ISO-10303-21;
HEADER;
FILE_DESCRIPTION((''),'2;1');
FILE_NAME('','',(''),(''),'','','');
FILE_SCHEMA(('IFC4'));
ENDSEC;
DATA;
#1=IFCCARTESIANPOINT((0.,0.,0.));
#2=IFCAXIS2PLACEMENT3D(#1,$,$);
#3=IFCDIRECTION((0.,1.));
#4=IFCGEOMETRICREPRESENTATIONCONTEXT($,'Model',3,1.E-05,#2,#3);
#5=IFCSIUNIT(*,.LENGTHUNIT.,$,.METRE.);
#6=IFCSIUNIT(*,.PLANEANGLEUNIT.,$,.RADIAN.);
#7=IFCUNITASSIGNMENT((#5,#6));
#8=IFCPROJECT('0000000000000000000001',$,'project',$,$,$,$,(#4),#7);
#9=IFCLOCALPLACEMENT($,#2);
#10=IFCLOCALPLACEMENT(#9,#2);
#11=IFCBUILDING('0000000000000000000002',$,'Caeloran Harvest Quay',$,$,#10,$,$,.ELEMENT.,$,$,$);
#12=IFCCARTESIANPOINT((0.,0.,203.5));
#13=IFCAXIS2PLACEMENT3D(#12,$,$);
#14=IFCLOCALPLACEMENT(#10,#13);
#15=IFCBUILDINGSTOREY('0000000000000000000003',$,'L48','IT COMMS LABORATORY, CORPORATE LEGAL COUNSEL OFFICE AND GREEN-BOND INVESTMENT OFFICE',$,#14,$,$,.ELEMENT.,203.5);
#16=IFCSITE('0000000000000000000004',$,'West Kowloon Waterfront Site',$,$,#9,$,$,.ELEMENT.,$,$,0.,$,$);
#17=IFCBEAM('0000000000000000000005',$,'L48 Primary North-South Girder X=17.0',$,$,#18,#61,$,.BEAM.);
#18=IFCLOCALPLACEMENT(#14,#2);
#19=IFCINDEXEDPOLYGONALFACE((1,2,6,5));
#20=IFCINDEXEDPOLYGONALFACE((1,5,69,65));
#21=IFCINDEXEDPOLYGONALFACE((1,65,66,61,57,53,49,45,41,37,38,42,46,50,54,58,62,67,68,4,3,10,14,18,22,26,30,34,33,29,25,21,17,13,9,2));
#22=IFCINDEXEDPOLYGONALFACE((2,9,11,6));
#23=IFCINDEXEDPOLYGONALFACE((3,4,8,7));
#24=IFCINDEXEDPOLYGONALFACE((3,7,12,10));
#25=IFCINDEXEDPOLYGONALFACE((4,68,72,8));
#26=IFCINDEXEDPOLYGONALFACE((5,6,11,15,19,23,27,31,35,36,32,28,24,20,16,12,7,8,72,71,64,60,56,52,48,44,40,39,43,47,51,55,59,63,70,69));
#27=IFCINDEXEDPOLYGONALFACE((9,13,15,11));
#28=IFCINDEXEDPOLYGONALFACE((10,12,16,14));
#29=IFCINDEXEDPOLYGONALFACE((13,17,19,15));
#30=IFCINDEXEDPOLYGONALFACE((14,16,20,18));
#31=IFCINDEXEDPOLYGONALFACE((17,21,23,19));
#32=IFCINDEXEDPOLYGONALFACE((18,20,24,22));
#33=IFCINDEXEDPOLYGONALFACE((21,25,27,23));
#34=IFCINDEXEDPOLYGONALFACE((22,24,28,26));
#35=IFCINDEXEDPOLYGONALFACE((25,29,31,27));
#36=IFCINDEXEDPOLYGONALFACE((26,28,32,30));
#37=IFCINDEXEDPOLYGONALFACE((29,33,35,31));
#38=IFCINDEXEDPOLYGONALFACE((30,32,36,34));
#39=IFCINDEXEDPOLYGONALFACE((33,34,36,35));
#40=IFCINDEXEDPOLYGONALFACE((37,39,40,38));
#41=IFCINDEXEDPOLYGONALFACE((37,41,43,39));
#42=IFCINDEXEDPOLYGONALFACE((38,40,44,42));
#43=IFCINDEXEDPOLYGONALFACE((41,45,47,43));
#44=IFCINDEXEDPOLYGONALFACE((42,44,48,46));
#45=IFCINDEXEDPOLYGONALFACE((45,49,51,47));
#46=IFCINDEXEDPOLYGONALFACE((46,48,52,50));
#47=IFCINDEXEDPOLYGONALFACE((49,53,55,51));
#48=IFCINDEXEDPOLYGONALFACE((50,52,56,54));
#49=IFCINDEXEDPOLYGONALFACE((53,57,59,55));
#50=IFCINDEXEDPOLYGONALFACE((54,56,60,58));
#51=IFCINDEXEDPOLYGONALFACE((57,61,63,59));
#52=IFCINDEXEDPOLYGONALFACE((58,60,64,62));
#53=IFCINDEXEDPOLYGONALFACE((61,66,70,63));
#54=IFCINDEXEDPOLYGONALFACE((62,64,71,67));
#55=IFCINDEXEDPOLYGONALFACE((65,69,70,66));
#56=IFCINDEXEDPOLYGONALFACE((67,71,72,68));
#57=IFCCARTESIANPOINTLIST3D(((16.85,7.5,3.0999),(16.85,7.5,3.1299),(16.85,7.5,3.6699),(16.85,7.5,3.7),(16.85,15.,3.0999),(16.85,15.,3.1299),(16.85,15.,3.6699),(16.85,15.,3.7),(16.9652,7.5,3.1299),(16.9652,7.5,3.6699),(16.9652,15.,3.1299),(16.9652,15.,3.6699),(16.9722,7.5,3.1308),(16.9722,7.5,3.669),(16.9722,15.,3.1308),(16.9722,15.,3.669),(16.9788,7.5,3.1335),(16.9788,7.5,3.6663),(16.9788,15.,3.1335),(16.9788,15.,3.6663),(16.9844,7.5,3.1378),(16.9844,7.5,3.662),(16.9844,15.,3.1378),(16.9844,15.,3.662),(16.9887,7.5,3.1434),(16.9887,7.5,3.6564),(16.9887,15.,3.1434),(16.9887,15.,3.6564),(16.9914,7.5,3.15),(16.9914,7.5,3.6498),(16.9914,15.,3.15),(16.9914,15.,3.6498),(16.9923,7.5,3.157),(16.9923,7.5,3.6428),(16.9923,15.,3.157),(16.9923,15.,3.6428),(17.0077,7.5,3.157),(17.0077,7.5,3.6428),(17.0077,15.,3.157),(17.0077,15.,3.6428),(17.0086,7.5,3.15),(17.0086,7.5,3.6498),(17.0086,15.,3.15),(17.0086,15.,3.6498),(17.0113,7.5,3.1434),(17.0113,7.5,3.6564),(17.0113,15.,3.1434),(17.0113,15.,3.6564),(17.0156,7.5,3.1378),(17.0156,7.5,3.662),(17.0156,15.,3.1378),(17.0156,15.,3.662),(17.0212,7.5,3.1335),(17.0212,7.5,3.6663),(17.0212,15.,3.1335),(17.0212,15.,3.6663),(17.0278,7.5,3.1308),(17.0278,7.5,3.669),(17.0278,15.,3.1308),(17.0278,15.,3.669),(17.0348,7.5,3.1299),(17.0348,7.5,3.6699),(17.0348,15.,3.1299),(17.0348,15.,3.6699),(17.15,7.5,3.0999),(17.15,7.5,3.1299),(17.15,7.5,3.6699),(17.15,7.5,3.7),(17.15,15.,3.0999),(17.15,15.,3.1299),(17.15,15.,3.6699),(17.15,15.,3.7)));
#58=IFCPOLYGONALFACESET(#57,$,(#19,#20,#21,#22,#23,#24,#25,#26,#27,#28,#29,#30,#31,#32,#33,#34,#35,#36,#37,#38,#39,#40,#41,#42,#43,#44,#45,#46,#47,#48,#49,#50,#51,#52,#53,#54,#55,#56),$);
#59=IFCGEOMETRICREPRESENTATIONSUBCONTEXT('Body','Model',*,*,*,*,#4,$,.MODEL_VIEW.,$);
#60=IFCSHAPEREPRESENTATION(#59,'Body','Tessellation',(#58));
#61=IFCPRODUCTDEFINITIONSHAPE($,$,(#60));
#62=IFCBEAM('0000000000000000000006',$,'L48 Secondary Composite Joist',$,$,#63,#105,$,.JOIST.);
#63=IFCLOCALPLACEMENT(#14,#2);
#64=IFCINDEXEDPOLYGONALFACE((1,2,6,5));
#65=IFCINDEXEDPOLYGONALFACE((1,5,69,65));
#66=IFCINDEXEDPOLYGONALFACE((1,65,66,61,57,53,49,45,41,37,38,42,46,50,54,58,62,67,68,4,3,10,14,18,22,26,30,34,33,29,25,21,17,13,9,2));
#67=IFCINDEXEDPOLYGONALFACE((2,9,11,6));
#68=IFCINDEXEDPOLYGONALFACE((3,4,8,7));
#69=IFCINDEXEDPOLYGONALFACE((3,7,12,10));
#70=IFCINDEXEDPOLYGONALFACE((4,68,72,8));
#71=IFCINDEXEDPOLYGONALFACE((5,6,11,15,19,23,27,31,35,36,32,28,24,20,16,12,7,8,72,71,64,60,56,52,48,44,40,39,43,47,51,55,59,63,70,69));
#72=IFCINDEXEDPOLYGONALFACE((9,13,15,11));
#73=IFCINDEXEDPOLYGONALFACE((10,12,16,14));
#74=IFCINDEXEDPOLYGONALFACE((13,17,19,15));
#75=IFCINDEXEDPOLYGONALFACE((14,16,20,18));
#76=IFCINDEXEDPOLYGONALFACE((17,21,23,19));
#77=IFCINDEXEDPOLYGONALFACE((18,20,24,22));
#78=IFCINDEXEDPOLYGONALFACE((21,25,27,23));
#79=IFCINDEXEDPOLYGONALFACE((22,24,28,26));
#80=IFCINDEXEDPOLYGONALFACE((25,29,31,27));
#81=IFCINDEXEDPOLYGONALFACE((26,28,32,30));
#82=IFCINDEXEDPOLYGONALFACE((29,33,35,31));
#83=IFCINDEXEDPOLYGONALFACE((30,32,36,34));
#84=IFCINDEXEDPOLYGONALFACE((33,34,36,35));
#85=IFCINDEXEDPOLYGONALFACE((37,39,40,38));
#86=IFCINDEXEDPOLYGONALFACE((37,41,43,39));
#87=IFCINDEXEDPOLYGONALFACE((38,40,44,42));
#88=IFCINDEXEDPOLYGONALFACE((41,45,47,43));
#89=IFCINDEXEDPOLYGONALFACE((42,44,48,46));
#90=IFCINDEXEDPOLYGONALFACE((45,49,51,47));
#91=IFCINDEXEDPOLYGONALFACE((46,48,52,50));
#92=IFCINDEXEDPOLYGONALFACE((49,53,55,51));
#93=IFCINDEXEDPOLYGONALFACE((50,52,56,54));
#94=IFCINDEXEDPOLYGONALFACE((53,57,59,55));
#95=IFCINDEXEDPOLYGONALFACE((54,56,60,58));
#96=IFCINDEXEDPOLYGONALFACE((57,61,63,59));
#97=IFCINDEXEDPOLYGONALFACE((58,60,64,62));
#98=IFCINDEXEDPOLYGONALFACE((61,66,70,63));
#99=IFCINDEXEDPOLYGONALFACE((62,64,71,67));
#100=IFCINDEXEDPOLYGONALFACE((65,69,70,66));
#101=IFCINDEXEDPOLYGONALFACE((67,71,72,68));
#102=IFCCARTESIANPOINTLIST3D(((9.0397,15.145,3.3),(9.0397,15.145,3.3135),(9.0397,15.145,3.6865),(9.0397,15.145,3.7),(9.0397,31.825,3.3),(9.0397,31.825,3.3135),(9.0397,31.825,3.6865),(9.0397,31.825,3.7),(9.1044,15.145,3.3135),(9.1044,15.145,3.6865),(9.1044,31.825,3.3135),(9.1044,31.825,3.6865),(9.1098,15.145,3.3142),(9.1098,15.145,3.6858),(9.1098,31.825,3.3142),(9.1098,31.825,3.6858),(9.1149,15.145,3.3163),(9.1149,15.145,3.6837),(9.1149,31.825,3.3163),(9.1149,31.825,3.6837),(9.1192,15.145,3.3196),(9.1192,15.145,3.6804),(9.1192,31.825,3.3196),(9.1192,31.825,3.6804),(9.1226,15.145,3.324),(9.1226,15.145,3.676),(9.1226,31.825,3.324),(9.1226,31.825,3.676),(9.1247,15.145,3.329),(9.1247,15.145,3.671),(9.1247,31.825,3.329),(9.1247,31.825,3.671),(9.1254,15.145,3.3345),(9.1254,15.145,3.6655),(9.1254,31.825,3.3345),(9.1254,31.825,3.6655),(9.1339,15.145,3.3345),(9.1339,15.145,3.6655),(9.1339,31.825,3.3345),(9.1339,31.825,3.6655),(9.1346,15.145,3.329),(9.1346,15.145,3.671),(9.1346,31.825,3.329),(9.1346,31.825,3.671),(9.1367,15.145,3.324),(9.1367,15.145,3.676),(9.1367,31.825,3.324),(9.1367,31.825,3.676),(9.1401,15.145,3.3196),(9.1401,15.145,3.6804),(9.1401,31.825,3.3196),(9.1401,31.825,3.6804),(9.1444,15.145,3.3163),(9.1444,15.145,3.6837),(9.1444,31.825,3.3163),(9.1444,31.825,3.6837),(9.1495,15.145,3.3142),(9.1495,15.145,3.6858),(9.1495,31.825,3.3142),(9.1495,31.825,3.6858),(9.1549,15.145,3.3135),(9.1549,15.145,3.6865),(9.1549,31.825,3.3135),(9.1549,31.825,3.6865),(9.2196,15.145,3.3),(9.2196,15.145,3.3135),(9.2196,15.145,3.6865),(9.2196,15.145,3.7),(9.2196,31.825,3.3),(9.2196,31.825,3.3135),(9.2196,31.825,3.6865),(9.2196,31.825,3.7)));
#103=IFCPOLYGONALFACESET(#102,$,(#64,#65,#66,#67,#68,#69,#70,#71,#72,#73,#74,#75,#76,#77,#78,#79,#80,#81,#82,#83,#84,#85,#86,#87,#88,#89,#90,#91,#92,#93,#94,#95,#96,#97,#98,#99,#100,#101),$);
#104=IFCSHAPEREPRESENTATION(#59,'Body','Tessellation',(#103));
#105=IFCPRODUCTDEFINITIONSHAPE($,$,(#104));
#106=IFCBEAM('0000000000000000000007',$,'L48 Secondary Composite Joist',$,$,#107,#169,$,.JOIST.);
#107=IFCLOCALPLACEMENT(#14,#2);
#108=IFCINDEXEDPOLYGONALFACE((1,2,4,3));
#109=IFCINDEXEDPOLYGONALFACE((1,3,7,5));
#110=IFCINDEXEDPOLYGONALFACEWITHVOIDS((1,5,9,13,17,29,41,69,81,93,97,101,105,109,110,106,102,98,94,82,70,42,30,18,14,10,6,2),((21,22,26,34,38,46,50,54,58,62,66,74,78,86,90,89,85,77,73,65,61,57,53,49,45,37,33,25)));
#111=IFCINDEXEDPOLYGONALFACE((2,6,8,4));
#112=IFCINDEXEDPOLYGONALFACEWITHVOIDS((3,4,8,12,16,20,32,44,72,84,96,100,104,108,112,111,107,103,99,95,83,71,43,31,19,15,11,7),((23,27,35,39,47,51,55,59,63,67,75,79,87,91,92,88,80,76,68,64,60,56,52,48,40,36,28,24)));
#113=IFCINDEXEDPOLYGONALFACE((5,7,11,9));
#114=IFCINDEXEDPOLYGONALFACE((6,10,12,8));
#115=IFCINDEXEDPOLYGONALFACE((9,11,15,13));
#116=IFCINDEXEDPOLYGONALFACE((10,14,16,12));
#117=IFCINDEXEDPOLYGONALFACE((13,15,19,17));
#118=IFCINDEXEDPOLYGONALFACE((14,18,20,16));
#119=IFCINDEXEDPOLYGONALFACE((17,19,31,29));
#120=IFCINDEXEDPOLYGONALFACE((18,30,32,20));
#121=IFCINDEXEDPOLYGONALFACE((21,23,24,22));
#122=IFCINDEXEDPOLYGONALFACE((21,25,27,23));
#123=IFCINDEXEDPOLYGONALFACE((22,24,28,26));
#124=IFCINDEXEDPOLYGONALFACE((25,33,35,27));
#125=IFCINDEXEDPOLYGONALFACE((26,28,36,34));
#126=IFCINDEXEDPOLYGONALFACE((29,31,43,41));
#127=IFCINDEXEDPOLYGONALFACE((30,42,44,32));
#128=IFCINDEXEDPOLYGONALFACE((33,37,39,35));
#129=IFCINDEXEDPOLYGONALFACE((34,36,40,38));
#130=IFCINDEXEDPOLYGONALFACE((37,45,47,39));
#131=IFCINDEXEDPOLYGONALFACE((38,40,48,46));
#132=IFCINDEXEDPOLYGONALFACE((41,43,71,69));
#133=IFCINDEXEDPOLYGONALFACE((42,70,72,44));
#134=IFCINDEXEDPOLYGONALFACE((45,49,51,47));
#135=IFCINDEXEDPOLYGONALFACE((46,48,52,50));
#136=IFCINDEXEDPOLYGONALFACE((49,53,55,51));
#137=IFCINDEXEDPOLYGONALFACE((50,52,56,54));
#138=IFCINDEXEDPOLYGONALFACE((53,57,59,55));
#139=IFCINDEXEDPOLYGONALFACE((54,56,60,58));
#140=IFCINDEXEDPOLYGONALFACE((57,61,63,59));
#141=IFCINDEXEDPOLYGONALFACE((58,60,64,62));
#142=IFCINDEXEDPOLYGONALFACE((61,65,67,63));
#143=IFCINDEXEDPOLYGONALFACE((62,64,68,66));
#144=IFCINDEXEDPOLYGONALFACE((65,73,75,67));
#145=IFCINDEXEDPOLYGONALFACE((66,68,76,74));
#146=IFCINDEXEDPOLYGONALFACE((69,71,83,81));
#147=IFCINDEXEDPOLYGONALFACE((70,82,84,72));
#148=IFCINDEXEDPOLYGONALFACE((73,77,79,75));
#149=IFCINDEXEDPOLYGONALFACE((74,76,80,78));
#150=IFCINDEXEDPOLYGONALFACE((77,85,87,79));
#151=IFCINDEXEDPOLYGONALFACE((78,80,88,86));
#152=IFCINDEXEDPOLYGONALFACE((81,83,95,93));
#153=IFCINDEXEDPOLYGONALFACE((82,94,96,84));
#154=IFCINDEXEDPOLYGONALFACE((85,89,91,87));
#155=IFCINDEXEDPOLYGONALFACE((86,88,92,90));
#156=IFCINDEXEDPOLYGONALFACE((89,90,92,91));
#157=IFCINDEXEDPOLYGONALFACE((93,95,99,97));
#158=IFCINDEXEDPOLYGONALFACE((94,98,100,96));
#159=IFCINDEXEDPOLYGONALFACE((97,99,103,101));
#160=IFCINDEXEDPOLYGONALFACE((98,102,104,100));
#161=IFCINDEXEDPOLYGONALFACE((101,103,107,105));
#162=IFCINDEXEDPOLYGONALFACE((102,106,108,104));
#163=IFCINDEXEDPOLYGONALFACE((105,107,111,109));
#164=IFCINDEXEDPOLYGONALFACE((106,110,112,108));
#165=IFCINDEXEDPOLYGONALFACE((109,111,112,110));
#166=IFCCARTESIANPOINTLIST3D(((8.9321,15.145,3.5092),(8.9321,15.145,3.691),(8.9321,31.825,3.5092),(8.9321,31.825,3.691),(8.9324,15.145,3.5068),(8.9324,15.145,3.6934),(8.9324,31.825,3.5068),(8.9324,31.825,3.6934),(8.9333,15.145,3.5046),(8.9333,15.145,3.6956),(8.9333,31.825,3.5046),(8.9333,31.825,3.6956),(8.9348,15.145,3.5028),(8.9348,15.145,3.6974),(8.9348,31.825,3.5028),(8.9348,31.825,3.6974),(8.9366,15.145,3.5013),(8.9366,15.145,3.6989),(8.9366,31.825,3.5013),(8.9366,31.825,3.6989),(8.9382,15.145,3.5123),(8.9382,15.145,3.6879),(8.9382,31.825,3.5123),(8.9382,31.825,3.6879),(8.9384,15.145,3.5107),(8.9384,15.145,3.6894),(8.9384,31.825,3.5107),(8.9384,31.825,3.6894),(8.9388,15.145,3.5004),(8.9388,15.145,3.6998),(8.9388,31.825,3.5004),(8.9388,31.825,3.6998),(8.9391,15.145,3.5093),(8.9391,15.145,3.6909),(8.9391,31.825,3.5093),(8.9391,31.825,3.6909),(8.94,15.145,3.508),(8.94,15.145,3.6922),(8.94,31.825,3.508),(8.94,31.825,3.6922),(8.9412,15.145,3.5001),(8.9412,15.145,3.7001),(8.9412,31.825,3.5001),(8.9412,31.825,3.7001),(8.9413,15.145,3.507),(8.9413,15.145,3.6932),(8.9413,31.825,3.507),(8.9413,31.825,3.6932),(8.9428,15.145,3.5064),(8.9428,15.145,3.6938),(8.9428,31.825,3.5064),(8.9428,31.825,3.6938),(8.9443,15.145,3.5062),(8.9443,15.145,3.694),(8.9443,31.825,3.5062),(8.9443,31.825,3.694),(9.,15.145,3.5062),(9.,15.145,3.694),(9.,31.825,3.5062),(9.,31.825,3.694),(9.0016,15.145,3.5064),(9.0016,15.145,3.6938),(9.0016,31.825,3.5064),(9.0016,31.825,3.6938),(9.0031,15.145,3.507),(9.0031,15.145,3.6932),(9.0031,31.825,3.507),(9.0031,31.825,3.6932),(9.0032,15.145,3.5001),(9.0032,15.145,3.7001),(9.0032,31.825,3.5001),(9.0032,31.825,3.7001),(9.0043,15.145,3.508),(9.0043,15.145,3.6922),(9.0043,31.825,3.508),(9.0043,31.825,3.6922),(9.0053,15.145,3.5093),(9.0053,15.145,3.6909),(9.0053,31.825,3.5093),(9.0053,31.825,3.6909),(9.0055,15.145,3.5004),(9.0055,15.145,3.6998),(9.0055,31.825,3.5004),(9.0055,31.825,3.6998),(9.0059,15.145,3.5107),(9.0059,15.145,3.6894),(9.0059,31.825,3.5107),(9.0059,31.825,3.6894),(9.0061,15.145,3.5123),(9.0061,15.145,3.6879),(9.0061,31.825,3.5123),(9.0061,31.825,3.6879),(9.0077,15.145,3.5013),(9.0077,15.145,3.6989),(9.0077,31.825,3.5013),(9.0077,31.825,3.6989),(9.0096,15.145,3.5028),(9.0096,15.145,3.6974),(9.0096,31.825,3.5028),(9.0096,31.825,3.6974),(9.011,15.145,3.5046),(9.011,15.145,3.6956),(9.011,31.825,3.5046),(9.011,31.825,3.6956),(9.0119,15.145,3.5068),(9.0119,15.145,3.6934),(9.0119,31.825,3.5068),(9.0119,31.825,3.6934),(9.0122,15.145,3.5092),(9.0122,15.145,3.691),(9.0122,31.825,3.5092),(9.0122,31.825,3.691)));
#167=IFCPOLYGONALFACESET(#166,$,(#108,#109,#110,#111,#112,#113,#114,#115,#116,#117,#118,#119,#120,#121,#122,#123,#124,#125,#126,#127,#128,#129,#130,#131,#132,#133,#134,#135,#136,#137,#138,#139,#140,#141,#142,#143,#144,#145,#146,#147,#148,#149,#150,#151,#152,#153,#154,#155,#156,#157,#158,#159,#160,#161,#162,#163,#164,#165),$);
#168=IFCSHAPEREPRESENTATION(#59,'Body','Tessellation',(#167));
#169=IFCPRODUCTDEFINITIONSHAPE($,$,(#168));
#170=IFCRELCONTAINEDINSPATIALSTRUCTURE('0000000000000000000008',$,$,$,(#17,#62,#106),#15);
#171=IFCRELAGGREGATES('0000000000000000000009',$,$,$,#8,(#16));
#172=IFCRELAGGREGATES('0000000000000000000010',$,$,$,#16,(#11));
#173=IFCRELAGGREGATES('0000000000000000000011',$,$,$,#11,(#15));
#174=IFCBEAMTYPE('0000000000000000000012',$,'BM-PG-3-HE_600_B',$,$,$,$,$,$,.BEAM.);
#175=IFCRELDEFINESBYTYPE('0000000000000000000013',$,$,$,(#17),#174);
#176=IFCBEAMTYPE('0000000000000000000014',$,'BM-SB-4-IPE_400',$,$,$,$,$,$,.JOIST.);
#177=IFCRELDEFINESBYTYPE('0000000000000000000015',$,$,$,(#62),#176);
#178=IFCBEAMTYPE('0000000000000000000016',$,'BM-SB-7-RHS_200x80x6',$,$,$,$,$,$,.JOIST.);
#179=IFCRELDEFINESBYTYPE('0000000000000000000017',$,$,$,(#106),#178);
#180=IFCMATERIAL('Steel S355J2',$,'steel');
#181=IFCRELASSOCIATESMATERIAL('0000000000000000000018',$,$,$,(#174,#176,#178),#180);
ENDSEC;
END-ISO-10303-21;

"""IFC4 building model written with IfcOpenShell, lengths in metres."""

from ifc_helpers import new_model, si_unit, direction, frame, origin, origin_2d, place, context, subcontext, project, spatial, hollow_rectangle, i_section, extrude, material, material_profile, profile_set, type_object, element, save


model = new_model("IFC4")

# Units and contexts
model_context = context("Model", 3, precision=1e-05, world=origin(), true_north=direction((0.0, 1.0)))
body_context = subcontext(model_context, "Body", "Model", "MODEL_VIEW")
ifc_project = project(units=[si_unit("LENGTHUNIT", "METRE"), si_unit("PLANEANGLEUNIT", "RADIAN")], contexts=[model_context])

# Site, building, storey
site_placement = place(None, origin())
site = spatial("IfcSite", under=ifc_project, at=site_placement, Name="West Kowloon Waterfront Site", CompositionType="ELEMENT", RefElevation=0.0)
building_placement = place(site_placement, origin())
building = spatial("IfcBuilding", under=site, at=building_placement, Name="Caeloran Harvest Quay", CompositionType="ELEMENT")
storey_placement = place(building_placement, frame((0.0, 0.0, 203.5)))
storey = spatial("IfcBuildingStorey", under=building, at=storey_placement, Name="L48", Description="IT COMMS LABORATORY, CORPORATE LEGAL COUNSEL OFFICE AND GREEN-BOND INVESTMENT OFFICE", CompositionType="ELEMENT", Elevation=203.5)

# Beams
ifc_material_1 = material(Name="Steel S355J2", Category="steel")
ifc_material_profile_1 = material_profile(ifc_material_1, i_section(OverallWidth=0.3, OverallDepth=0.6001, WebThickness=0.0154, FlangeThickness=0.03, FilletRadius=0.0271, at=origin_2d()), Name="HE 600 B")
ifc_profile_set_1 = profile_set([ifc_material_profile_1], Name="Steel S355J2")
beam_type_1 = type_object("IfcBeamType", Name="BM-PG-3-HE_600_B", PredefinedType="BEAM", material=ifc_profile_set_1)
beam_1_placement = place(storey_placement, frame((17.0, 7.5, 3.3999), z_axis=(0.0, 1.0, 0.0), x_axis=(-1.0, 0.0, 0.0)))
element("IfcBeam", 1, at=beam_1_placement, inside=storey, type_object=beam_type_1, Name="L48 Primary North-South Girder X=17.0", PredefinedType="BEAM", context=body_context, shape_type="SweptSolid", body=[
    extrude(i_section(OverallWidth=0.3, OverallDepth=0.6001, WebThickness=0.0154, FlangeThickness=0.03, FilletRadius=0.0271, at=origin_2d()), origin(), (0.0, 0.0, 1.0), 7.5),
])
ifc_material_profile_2 = material_profile(ifc_material_1, i_section(OverallWidth=0.1799, OverallDepth=0.3999, WebThickness=0.0085, FlangeThickness=0.0134, FilletRadius=0.021, at=origin_2d()), Name="IPE 400")
ifc_profile_set_2 = profile_set([ifc_material_profile_2], Name="Steel S355J2")
beam_type_2 = type_object("IfcBeamType", Name="BM-SB-4-IPE_400", PredefinedType="JOIST", material=ifc_profile_set_2)
beam_2_placement = place(storey_placement, frame((9.1296, 15.145, 3.5), z_axis=(0.0, 1.0, 0.0), x_axis=(-1.0, 0.0, 0.0)))
element("IfcBeam", 2, at=beam_2_placement, inside=storey, type_object=beam_type_2, Name="L48 Secondary Composite Joist", PredefinedType="JOIST", context=body_context, shape_type="SweptSolid", body=[
    extrude(i_section(OverallWidth=0.1799, OverallDepth=0.3999, WebThickness=0.0085, FlangeThickness=0.0134, FilletRadius=0.021, at=origin_2d()), origin(), (0.0, 0.0, 1.0), 16.6799),
])
ifc_material_profile_3 = material_profile(ifc_material_1, hollow_rectangle(XDim=0.0801, YDim=0.2, WallThickness=0.0061, InnerFilletRadius=0.0061, OuterFilletRadius=0.009, at=origin_2d()), Name="RHS 200x80x6")
ifc_profile_set_3 = profile_set([ifc_material_profile_3], Name="Steel S355J2")
beam_type_3 = type_object("IfcBeamType", Name="BM-SB-7-RHS_200x80x6", PredefinedType="JOIST", material=ifc_profile_set_3)
for number, where, z_axis, x_axis, name in (
    (3, (8.9722, 15.145, 3.6001), (0.0, 1.0, 0.0), (-1.0, 0.0, 0.0), "L48 Secondary Composite Joist"),
):
    element("IfcBeam", number, at=place(storey_placement, frame(where, z_axis=z_axis, x_axis=x_axis)), inside=storey, type_object=beam_type_3, Name=name, PredefinedType="JOIST", context=body_context, shape_type="SweptSolid", body=[
        extrude(hollow_rectangle(XDim=0.0801, YDim=0.2, WallThickness=0.0061, InnerFilletRadius=0.0061, OuterFilletRadius=0.009, at=origin_2d()), origin(), (0.0, 0.0, 1.0), 16.6799),
    ])

save(model, "model.ifc")
